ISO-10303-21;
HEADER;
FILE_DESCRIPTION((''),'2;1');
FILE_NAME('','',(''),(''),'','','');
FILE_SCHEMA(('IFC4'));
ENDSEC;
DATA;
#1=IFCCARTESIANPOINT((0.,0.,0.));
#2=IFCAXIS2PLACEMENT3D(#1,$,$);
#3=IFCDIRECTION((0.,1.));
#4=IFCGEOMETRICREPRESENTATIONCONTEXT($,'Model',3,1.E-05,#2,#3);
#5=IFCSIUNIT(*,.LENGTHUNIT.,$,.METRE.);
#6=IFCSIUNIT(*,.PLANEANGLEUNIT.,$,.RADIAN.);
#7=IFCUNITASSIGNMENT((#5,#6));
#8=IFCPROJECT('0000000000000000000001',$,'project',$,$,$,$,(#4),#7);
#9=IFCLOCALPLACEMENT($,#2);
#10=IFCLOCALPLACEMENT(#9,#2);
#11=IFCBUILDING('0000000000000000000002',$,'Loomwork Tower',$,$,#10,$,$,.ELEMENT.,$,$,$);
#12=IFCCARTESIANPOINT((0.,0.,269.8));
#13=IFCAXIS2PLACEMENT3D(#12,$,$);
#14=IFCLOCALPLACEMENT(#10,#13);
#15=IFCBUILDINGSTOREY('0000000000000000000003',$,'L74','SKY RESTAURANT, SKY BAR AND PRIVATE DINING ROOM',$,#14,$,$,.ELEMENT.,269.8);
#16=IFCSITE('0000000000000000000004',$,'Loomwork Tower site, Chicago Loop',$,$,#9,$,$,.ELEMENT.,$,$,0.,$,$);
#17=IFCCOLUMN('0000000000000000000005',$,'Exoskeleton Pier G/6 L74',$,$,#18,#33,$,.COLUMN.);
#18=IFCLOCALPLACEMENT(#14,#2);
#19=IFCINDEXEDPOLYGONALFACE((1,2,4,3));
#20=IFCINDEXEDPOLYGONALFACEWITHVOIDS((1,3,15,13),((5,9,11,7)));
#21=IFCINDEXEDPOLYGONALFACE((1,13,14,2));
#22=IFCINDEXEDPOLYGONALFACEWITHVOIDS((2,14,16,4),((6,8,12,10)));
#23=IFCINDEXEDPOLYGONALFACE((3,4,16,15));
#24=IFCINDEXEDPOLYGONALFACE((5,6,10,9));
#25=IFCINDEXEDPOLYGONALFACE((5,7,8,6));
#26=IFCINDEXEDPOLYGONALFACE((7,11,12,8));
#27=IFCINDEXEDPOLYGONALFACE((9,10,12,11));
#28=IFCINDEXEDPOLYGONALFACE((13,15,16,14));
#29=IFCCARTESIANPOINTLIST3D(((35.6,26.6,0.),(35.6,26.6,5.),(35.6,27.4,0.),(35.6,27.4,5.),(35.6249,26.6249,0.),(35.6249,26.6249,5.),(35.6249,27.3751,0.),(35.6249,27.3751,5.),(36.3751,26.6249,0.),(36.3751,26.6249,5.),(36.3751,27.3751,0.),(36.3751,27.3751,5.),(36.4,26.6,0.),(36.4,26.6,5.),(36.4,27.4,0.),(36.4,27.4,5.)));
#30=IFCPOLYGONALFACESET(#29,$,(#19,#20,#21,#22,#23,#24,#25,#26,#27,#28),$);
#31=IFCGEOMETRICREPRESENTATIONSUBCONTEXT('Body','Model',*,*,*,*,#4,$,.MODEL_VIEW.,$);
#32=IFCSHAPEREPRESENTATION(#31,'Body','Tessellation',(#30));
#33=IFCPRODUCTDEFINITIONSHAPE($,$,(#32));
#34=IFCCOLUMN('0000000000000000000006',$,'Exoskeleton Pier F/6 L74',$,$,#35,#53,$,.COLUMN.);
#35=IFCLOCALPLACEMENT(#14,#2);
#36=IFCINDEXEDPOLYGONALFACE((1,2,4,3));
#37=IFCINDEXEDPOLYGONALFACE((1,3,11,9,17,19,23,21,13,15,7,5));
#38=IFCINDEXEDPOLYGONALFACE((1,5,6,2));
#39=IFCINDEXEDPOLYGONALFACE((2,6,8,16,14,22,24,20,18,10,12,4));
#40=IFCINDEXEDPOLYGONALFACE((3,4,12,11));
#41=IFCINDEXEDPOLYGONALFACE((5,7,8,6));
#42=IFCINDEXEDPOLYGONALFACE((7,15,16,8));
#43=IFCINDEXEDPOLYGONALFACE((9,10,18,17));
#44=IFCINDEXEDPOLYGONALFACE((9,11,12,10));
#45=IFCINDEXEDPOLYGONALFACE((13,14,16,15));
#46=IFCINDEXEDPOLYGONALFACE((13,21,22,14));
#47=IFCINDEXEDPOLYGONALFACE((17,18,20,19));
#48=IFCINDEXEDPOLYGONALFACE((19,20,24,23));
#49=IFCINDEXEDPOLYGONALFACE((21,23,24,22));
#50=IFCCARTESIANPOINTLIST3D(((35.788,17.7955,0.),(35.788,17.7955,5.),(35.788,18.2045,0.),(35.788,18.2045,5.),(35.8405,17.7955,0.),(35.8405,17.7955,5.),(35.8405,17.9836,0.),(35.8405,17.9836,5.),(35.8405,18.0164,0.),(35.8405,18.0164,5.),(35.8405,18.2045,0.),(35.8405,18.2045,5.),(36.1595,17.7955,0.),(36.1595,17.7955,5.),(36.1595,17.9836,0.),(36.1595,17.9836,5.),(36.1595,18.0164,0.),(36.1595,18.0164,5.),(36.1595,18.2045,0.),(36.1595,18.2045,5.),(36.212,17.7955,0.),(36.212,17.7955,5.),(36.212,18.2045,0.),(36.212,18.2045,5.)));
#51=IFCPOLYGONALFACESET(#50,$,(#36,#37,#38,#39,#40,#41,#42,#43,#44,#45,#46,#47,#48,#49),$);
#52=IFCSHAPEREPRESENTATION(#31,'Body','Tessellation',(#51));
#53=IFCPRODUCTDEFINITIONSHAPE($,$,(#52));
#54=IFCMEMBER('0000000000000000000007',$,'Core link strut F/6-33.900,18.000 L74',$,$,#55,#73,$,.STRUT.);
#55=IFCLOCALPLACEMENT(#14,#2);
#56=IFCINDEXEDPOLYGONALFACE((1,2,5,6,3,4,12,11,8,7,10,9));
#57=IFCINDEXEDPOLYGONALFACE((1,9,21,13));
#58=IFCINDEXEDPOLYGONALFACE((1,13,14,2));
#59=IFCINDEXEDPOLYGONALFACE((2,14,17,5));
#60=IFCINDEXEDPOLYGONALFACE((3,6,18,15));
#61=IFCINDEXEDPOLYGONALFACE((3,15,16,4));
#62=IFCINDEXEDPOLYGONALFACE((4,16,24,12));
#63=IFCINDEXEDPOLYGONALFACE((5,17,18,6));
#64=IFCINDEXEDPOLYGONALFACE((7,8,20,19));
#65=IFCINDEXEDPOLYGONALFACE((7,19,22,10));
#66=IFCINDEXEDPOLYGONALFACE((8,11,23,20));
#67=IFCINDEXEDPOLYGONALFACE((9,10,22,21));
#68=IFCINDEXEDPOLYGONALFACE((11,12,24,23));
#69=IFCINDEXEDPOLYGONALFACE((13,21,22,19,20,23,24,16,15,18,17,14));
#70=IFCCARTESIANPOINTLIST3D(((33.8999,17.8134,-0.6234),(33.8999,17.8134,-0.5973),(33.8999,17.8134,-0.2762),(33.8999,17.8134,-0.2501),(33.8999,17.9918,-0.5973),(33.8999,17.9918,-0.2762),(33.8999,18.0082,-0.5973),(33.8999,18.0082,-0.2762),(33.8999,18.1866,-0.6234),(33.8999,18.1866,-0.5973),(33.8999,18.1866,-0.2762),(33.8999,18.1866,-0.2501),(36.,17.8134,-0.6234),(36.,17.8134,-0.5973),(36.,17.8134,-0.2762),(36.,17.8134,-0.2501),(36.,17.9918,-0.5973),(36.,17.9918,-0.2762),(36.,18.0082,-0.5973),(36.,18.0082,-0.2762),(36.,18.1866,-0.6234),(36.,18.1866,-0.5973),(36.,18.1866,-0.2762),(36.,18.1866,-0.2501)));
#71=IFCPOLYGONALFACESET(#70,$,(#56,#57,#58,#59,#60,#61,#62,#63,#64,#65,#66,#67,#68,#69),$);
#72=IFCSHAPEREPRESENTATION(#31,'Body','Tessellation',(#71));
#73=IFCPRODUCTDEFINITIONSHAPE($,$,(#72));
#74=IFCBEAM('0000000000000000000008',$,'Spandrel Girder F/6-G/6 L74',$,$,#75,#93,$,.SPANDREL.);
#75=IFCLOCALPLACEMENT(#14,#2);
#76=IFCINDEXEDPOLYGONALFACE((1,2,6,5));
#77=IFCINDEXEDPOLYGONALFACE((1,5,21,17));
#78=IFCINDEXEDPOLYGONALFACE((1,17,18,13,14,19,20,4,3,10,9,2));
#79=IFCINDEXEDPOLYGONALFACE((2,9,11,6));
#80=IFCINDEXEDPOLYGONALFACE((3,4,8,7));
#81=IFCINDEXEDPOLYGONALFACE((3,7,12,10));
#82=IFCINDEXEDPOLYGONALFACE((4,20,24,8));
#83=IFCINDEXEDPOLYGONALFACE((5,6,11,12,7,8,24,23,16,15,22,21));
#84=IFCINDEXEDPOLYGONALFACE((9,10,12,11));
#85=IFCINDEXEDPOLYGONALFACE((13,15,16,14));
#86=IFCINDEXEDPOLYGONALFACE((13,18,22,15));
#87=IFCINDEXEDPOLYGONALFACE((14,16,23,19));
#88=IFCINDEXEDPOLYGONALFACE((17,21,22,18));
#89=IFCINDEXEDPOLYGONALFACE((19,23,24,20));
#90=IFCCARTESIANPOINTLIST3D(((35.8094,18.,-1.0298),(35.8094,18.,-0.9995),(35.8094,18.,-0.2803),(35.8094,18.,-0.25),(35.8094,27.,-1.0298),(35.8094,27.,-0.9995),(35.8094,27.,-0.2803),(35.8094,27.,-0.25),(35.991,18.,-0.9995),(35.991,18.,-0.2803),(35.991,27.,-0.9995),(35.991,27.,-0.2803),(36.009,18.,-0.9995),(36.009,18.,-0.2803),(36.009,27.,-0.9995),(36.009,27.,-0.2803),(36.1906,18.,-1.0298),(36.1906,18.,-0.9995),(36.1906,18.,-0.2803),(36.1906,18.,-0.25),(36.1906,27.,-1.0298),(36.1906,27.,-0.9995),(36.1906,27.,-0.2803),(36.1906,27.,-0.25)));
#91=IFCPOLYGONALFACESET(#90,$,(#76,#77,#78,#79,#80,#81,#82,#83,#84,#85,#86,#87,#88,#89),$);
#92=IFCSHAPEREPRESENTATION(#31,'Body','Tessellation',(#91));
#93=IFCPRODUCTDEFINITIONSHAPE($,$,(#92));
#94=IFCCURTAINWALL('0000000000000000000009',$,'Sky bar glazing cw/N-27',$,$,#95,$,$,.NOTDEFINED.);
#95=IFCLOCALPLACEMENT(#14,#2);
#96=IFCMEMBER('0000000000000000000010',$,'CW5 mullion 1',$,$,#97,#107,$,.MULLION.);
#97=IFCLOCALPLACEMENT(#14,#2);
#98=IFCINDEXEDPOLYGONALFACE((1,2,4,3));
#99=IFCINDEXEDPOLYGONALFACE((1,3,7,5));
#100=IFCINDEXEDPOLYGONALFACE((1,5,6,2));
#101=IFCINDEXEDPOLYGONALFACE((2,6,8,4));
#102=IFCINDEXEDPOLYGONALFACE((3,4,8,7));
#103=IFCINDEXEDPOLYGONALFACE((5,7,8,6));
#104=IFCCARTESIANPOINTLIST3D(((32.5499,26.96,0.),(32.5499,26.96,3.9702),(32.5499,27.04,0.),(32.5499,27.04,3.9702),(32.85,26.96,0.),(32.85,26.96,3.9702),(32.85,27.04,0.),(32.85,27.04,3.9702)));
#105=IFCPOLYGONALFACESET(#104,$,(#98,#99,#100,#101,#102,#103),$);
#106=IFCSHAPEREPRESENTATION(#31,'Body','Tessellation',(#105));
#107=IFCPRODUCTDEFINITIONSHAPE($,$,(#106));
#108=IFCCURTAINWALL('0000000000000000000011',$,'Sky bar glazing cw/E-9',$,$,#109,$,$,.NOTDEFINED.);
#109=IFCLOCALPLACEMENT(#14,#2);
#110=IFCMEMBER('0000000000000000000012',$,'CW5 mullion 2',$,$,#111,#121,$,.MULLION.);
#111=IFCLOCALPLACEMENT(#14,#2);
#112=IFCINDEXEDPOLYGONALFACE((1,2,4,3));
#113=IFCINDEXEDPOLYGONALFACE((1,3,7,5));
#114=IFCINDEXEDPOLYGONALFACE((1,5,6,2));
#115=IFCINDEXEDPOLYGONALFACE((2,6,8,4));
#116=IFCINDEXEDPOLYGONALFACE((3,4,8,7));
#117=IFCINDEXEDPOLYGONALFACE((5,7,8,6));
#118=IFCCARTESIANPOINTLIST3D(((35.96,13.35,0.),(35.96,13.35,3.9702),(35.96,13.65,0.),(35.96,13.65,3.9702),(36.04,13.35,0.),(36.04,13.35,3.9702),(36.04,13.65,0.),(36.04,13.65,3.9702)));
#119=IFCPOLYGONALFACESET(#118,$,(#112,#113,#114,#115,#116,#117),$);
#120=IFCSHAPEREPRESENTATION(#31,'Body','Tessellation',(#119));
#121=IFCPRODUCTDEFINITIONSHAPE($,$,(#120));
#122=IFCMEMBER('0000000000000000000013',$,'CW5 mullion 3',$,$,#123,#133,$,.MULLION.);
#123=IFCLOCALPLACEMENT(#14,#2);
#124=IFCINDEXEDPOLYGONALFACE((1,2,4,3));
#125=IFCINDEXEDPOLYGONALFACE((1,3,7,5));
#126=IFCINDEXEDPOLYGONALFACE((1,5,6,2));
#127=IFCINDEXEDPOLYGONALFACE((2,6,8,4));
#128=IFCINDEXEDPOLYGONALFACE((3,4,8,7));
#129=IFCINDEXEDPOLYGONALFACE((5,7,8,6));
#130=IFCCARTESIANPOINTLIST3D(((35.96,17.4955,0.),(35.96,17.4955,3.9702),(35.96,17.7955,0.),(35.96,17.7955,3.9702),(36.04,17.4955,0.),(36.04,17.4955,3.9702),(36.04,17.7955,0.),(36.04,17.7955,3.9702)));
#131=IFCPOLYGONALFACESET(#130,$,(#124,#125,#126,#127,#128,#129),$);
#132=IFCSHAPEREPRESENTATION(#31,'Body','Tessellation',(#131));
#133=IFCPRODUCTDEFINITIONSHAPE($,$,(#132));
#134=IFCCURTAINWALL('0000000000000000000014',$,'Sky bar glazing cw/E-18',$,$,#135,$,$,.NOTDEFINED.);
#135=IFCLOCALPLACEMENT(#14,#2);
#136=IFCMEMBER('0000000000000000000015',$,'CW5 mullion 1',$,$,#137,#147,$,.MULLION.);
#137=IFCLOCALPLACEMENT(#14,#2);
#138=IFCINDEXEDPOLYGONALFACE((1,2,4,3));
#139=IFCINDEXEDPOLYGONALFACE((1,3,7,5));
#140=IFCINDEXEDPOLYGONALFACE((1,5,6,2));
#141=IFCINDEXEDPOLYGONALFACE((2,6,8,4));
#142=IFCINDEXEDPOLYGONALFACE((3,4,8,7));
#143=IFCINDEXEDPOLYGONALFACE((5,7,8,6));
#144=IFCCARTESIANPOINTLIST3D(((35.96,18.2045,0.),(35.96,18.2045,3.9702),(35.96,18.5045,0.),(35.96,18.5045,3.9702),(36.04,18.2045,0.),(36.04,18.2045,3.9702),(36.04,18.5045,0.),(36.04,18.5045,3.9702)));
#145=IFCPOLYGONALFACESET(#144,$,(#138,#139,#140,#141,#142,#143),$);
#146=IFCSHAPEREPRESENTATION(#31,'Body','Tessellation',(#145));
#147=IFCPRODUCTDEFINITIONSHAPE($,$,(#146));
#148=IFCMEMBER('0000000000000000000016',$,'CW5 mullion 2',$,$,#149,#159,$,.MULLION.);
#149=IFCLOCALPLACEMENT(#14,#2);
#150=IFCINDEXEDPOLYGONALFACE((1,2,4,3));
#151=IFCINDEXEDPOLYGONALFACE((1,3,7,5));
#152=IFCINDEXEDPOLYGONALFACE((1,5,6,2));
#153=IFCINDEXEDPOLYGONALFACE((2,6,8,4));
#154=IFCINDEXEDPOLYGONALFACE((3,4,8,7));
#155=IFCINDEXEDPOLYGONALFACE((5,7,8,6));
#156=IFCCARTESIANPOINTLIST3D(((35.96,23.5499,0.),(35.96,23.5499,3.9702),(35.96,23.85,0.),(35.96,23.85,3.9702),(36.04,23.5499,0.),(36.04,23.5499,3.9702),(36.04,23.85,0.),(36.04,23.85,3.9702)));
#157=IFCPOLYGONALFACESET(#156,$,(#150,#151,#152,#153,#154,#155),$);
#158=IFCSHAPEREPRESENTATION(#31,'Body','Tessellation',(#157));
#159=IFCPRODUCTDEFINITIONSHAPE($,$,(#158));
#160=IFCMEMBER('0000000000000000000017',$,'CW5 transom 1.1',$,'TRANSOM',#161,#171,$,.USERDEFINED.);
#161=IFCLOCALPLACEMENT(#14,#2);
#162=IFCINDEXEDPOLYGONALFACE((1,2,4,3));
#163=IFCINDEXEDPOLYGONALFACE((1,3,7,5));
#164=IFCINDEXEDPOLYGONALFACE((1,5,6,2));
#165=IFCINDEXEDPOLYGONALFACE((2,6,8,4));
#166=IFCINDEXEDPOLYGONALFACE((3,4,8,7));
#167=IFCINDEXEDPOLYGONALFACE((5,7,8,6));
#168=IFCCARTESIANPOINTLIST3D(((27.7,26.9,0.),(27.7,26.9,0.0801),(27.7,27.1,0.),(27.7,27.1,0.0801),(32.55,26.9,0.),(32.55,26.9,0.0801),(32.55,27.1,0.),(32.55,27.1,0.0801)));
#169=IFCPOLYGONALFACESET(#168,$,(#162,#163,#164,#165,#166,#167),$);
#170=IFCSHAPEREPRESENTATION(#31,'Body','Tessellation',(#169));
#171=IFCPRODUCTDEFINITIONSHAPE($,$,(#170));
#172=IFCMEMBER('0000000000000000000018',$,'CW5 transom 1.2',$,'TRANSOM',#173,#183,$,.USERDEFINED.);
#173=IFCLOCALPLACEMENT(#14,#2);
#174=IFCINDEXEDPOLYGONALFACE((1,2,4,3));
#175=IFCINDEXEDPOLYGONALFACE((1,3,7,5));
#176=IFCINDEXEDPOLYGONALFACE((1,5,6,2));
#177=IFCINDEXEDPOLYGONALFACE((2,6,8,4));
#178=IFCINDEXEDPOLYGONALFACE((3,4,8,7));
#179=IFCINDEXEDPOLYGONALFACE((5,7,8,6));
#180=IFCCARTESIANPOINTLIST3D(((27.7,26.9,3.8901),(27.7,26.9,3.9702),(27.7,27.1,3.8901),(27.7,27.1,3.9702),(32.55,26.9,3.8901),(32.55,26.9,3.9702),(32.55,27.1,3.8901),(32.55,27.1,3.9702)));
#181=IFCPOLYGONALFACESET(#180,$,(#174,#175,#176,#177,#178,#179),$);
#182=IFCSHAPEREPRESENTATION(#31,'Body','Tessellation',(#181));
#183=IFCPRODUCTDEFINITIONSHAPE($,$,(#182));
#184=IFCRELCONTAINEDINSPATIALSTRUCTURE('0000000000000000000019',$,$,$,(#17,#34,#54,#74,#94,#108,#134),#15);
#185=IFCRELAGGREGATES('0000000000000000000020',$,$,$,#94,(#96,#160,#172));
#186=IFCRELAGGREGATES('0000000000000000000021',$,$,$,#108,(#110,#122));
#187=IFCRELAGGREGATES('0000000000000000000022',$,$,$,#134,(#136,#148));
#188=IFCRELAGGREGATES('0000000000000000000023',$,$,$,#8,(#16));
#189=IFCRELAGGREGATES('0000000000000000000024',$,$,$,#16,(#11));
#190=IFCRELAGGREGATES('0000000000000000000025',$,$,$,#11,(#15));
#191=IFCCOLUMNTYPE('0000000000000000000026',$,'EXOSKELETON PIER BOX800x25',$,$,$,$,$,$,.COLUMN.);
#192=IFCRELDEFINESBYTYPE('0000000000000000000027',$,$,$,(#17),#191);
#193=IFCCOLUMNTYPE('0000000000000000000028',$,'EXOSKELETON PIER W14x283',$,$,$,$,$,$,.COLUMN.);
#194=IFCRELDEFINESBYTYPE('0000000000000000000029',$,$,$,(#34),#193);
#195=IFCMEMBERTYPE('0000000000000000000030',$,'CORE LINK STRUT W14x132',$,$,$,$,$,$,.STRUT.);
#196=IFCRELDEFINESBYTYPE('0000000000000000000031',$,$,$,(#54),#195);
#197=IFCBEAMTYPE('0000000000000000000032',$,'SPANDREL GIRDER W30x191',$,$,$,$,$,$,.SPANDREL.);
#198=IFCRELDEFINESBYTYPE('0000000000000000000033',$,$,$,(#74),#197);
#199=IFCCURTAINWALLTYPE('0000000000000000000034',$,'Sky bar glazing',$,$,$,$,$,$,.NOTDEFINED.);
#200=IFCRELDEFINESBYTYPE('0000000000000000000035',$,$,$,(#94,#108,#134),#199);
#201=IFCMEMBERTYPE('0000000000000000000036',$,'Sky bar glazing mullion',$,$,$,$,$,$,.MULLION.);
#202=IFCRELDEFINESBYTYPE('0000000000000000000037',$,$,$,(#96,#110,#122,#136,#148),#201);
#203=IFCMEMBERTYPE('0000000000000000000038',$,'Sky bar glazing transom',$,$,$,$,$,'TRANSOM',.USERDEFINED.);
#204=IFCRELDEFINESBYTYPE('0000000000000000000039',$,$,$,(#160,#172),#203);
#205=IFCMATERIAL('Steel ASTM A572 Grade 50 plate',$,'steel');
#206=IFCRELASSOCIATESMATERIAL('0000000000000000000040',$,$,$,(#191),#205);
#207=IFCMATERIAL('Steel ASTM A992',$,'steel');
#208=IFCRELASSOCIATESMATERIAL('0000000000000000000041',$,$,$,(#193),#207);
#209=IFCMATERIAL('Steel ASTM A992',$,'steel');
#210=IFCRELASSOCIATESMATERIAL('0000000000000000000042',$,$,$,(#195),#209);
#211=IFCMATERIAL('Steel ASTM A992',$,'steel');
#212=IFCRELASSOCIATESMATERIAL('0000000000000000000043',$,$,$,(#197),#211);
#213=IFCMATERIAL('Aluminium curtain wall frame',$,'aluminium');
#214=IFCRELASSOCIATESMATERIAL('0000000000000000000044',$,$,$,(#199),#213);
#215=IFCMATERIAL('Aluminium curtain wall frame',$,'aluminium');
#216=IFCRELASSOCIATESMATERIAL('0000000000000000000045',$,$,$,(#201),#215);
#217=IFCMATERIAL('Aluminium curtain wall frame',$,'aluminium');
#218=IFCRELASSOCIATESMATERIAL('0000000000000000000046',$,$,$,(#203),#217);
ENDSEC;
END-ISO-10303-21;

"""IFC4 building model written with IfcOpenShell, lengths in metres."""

from ifc_helpers import new_model, si_unit, direction, frame, origin, origin_2d, place, context, subcontext, project, spatial, rectangle, hollow_rectangle, i_section, extrude, material, material_profile, profile_set, type_object, element, aggregate, save


model = new_model("IFC4")

# Units and contexts
model_context = context("Model", 3, precision=1e-05, world=origin(), true_north=direction((0.0, 1.0)))
body_context = subcontext(model_context, "Body", "Model", "MODEL_VIEW")
ifc_project = project(units=[si_unit("LENGTHUNIT", "METRE"), si_unit("PLANEANGLEUNIT", "RADIAN")], contexts=[model_context])

# Site, building, storey
site_placement = place(None, origin())
site = spatial("IfcSite", under=ifc_project, at=site_placement, Name="Loomwork Tower site, Chicago Loop", CompositionType="ELEMENT", RefElevation=0.0)
building_placement = place(site_placement, origin())
building = spatial("IfcBuilding", under=site, at=building_placement, Name="Loomwork Tower", CompositionType="ELEMENT")
storey_placement = place(building_placement, frame((0.0, 0.0, 269.8)))
storey = spatial("IfcBuildingStorey", under=building, at=storey_placement, Name="L74", Description="SKY RESTAURANT, SKY BAR AND PRIVATE DINING ROOM", CompositionType="ELEMENT", Elevation=269.8)

# Columns
ifc_material_1 = material(Name="Steel ASTM A572 Grade 50 plate", Category="steel")
ifc_material_profile_1 = material_profile(ifc_material_1, hollow_rectangle(XDim=0.8, YDim=0.8, WallThickness=0.0249, at=origin_2d()), Name="BOX800x25")
ifc_profile_set_1 = profile_set([ifc_material_profile_1], Name="Steel ASTM A572 Grade 50 plate")
column_type_1 = type_object("IfcColumnType", Name="EXOSKELETON PIER BOX800x25", PredefinedType="COLUMN", material=ifc_profile_set_1)
column_1_placement = place(storey_placement, frame((36.0, 27.0, 0.0), z_axis=(0.0, 0.0, 1.0), x_axis=(1.0, 0.0, 0.0)))
element("IfcColumn", 1, at=column_1_placement, inside=storey, type_object=column_type_1, Name="Exoskeleton Pier G/6 L74", PredefinedType="COLUMN", context=body_context, shape_type="SweptSolid", body=[
    extrude(hollow_rectangle(XDim=0.8, YDim=0.8, WallThickness=0.0249, at=origin_2d()), origin(), (0.0, 0.0, 1.0), 5.0),
])
ifc_material_2 = material(Name="Steel ASTM A992", Category="steel")
ifc_material_profile_2 = material_profile(ifc_material_2, i_section(OverallWidth=0.4089, OverallDepth=0.4241, WebThickness=0.0327, FlangeThickness=0.0525, at=origin_2d()), Name="W14x283")
ifc_profile_set_2 = profile_set([ifc_material_profile_2], Name="Steel ASTM A992")
column_type_2 = type_object("IfcColumnType", Name="EXOSKELETON PIER W14x283", PredefinedType="COLUMN", material=ifc_profile_set_2)
column_2_placement = place(storey_placement, frame((36.0, 18.0, 0.0), z_axis=(0.0, 0.0, 1.0), x_axis=(0.0, 1.0, 0.0)))
element("IfcColumn", 2, at=column_2_placement, inside=storey, type_object=column_type_2, Name="Exoskeleton Pier F/6 L74", PredefinedType="COLUMN", context=body_context, shape_type="SweptSolid", body=[
    extrude(i_section(OverallWidth=0.4089, OverallDepth=0.4241, WebThickness=0.0327, FlangeThickness=0.0525, at=origin_2d()), origin(), (0.0, 0.0, 1.0), 5.0),
])

# Member
ifc_material_3 = material(Name="Steel ASTM A992", Category="steel")
ifc_material_profile_3 = material_profile(ifc_material_3, i_section(OverallWidth=0.3733, OverallDepth=0.3733, WebThickness=0.0164, FlangeThickness=0.0261, at=origin_2d()), Name="W14x132")
ifc_profile_set_3 = profile_set([ifc_material_profile_3], Name="Steel ASTM A992")
member_type_1 = type_object("IfcMemberType", Name="CORE LINK STRUT W14x132", PredefinedType="STRUT", material=ifc_profile_set_3)
member_1_placement = place(storey_placement, frame((36.0, 18.0, -0.4368), z_axis=(-1.0, 0.0, 0.0), x_axis=(0.0, -1.0, 0.0)))
element("IfcMember", 3, at=member_1_placement, inside=storey, type_object=member_type_1, Name="Core link strut F/6-33.900,18.000 L74", PredefinedType="STRUT", context=body_context, shape_type="SweptSolid", body=[
    extrude(i_section(OverallWidth=0.3733, OverallDepth=0.3733, WebThickness=0.0164, FlangeThickness=0.0261, at=origin_2d()), origin(), (0.0, 0.0, 1.0), 2.1001),
])

# Beam
ifc_material_4 = material(Name="Steel ASTM A992", Category="steel")
ifc_material_profile_4 = material_profile(ifc_material_4, i_section(OverallWidth=0.3811, OverallDepth=0.7798, WebThickness=0.0181, FlangeThickness=0.0303, at=origin_2d()), Name="W30x191")
ifc_profile_set_4 = profile_set([ifc_material_profile_4], Name="Steel ASTM A992")
beam_type = type_object("IfcBeamType", Name="SPANDREL GIRDER W30x191", PredefinedType="SPANDREL", material=ifc_profile_set_4)
beam_placement = place(storey_placement, frame((36.0, 18.0, -0.6399), z_axis=(0.0, 1.0, 0.0), x_axis=(-1.0, 0.0, 0.0)))
element("IfcBeam", 4, at=beam_placement, inside=storey, type_object=beam_type, Name="Spandrel Girder F/6-G/6 L74", PredefinedType="SPANDREL", context=body_context, shape_type="SweptSolid", body=[
    extrude(i_section(OverallWidth=0.3811, OverallDepth=0.7798, WebThickness=0.0181, FlangeThickness=0.0303, at=origin_2d()), origin(), (0.0, 0.0, 1.0), 9.0),
])

# Curtain wall, member
ifc_material_5 = material(Name="Aluminium curtain wall frame", Category="aluminium")
curtain_wall_type = type_object("IfcCurtainWallType", Name="Sky bar glazing", PredefinedType="NOTDEFINED", material=ifc_material_5)
curtain_wall_1_placement = place(storey_placement, origin())
curtain_wall_1 = element("IfcCurtainWall", 5, at=curtain_wall_1_placement, inside=storey, type_object=curtain_wall_type, Name="Sky bar glazing cw/N-27", PredefinedType="NOTDEFINED")
ifc_material_6 = material(Name="Aluminium curtain wall frame", Category="aluminium")
ifc_material_profile_5 = material_profile(ifc_material_6, rectangle(XDim=0.0801, YDim=0.3, at=origin_2d()), Name="AL 80x300")
ifc_profile_set_5 = profile_set([ifc_material_profile_5], Name="Aluminium curtain wall frame")
member_type_2 = type_object("IfcMemberType", Name="Sky bar glazing mullion", PredefinedType="MULLION", material=ifc_profile_set_5)
member_2_placement = place(storey_placement, frame((32.7, 27.0, 0.0), z_axis=(0.0, 0.0, 1.0), x_axis=(0.0, -1.0, 0.0)))
member_2 = element("IfcMember", 6, at=member_2_placement, type_object=member_type_2, Name="CW5 mullion 1", PredefinedType="MULLION", context=body_context, shape_type="SweptSolid", body=[
    extrude(rectangle(XDim=0.0801, YDim=0.3, at=origin_2d()), origin(), (0.0, 0.0, 1.0), 3.9702),
])

# Curtain walls, members
curtain_wall_2_placement = place(storey_placement, origin())
curtain_wall_2 = element("IfcCurtainWall", 7, at=curtain_wall_2_placement, inside=storey, type_object=curtain_wall_type, Name="Sky bar glazing cw/E-9", PredefinedType="NOTDEFINED")
member_3_placement = place(storey_placement, frame((36.0, 13.5, 0.0), z_axis=(0.0, 0.0, 1.0), x_axis=(-1.0, 0.0, 0.0)))
member_3 = element("IfcMember", 8, at=member_3_placement, type_object=member_type_2, Name="CW5 mullion 2", PredefinedType="MULLION", context=body_context, shape_type="SweptSolid", body=[
    extrude(rectangle(XDim=0.0801, YDim=0.3, at=origin_2d()), origin(), (0.0, 0.0, 1.0), 3.9702),
])
member_4_placement = place(storey_placement, frame((36.0, 17.6455, 0.0), z_axis=(0.0, 0.0, 1.0), x_axis=(-1.0, 0.0, 0.0)))
member_4 = element("IfcMember", 9, at=member_4_placement, type_object=member_type_2, Name="CW5 mullion 3", PredefinedType="MULLION", context=body_context, shape_type="SweptSolid", body=[
    extrude(rectangle(XDim=0.0801, YDim=0.3, at=origin_2d()), origin(), (0.0, 0.0, 1.0), 3.9702),
])
curtain_wall_3_placement = place(storey_placement, origin())
curtain_wall_3 = element("IfcCurtainWall", 10, at=curtain_wall_3_placement, inside=storey, type_object=curtain_wall_type, Name="Sky bar glazing cw/E-18", PredefinedType="NOTDEFINED")
member_5_placement = place(storey_placement, frame((36.0, 18.3545, 0.0), z_axis=(0.0, 0.0, 1.0), x_axis=(-1.0, 0.0, 0.0)))
member_5 = element("IfcMember", 11, at=member_5_placement, type_object=member_type_2, Name="CW5 mullion 1", PredefinedType="MULLION", context=body_context, shape_type="SweptSolid", body=[
    extrude(rectangle(XDim=0.0801, YDim=0.3, at=origin_2d()), origin(), (0.0, 0.0, 1.0), 3.9702),
])
member_6_placement = place(storey_placement, frame((36.0, 23.7, 0.0), z_axis=(0.0, 0.0, 1.0), x_axis=(-1.0, 0.0, 0.0)))
member_6 = element("IfcMember", 12, at=member_6_placement, type_object=member_type_2, Name="CW5 mullion 2", PredefinedType="MULLION", context=body_context, shape_type="SweptSolid", body=[
    extrude(rectangle(XDim=0.0801, YDim=0.3, at=origin_2d()), origin(), (0.0, 0.0, 1.0), 3.9702),
])

# Members
ifc_material_7 = material(Name="Aluminium curtain wall frame", Category="aluminium")
ifc_material_profile_6 = material_profile(ifc_material_7, rectangle(XDim=0.2, YDim=0.0801, at=origin_2d()), Name="AL 80x200")
ifc_profile_set_6 = profile_set([ifc_material_profile_6], Name="Aluminium curtain wall frame")
member_type_3 = type_object("IfcMemberType", Name="Sky bar glazing transom", ElementType="TRANSOM", PredefinedType="USERDEFINED", material=ifc_profile_set_6)
member_7_placement = place(storey_placement, frame((32.55, 27.0, 0.04), z_axis=(-1.0, 0.0, 0.0), x_axis=(0.0, -1.0, 0.0)))
member_7 = element("IfcMember", 13, at=member_7_placement, type_object=member_type_3, Name="CW5 transom 1.1", ObjectType="TRANSOM", PredefinedType="USERDEFINED", context=body_context, shape_type="SweptSolid", body=[
    extrude(rectangle(XDim=0.2, YDim=0.0801, at=origin_2d()), origin(), (0.0, 0.0, 1.0), 4.8501),
])
member_8_placement = place(storey_placement, frame((32.55, 27.0, 3.9302), z_axis=(-1.0, 0.0, 0.0), x_axis=(0.0, -1.0, 0.0)))
member_8 = element("IfcMember", 14, at=member_8_placement, type_object=member_type_3, Name="CW5 transom 1.2", ObjectType="TRANSOM", PredefinedType="USERDEFINED", context=body_context, shape_type="SweptSolid", body=[
    extrude(rectangle(XDim=0.2, YDim=0.0801, at=origin_2d()), origin(), (0.0, 0.0, 1.0), 4.8501),
])
aggregate(curtain_wall_1, [member_2, member_7, member_8])

aggregate(curtain_wall_2, [member_3, member_4])
aggregate(curtain_wall_3, [member_5, member_6])

save(model, "model.ifc")
